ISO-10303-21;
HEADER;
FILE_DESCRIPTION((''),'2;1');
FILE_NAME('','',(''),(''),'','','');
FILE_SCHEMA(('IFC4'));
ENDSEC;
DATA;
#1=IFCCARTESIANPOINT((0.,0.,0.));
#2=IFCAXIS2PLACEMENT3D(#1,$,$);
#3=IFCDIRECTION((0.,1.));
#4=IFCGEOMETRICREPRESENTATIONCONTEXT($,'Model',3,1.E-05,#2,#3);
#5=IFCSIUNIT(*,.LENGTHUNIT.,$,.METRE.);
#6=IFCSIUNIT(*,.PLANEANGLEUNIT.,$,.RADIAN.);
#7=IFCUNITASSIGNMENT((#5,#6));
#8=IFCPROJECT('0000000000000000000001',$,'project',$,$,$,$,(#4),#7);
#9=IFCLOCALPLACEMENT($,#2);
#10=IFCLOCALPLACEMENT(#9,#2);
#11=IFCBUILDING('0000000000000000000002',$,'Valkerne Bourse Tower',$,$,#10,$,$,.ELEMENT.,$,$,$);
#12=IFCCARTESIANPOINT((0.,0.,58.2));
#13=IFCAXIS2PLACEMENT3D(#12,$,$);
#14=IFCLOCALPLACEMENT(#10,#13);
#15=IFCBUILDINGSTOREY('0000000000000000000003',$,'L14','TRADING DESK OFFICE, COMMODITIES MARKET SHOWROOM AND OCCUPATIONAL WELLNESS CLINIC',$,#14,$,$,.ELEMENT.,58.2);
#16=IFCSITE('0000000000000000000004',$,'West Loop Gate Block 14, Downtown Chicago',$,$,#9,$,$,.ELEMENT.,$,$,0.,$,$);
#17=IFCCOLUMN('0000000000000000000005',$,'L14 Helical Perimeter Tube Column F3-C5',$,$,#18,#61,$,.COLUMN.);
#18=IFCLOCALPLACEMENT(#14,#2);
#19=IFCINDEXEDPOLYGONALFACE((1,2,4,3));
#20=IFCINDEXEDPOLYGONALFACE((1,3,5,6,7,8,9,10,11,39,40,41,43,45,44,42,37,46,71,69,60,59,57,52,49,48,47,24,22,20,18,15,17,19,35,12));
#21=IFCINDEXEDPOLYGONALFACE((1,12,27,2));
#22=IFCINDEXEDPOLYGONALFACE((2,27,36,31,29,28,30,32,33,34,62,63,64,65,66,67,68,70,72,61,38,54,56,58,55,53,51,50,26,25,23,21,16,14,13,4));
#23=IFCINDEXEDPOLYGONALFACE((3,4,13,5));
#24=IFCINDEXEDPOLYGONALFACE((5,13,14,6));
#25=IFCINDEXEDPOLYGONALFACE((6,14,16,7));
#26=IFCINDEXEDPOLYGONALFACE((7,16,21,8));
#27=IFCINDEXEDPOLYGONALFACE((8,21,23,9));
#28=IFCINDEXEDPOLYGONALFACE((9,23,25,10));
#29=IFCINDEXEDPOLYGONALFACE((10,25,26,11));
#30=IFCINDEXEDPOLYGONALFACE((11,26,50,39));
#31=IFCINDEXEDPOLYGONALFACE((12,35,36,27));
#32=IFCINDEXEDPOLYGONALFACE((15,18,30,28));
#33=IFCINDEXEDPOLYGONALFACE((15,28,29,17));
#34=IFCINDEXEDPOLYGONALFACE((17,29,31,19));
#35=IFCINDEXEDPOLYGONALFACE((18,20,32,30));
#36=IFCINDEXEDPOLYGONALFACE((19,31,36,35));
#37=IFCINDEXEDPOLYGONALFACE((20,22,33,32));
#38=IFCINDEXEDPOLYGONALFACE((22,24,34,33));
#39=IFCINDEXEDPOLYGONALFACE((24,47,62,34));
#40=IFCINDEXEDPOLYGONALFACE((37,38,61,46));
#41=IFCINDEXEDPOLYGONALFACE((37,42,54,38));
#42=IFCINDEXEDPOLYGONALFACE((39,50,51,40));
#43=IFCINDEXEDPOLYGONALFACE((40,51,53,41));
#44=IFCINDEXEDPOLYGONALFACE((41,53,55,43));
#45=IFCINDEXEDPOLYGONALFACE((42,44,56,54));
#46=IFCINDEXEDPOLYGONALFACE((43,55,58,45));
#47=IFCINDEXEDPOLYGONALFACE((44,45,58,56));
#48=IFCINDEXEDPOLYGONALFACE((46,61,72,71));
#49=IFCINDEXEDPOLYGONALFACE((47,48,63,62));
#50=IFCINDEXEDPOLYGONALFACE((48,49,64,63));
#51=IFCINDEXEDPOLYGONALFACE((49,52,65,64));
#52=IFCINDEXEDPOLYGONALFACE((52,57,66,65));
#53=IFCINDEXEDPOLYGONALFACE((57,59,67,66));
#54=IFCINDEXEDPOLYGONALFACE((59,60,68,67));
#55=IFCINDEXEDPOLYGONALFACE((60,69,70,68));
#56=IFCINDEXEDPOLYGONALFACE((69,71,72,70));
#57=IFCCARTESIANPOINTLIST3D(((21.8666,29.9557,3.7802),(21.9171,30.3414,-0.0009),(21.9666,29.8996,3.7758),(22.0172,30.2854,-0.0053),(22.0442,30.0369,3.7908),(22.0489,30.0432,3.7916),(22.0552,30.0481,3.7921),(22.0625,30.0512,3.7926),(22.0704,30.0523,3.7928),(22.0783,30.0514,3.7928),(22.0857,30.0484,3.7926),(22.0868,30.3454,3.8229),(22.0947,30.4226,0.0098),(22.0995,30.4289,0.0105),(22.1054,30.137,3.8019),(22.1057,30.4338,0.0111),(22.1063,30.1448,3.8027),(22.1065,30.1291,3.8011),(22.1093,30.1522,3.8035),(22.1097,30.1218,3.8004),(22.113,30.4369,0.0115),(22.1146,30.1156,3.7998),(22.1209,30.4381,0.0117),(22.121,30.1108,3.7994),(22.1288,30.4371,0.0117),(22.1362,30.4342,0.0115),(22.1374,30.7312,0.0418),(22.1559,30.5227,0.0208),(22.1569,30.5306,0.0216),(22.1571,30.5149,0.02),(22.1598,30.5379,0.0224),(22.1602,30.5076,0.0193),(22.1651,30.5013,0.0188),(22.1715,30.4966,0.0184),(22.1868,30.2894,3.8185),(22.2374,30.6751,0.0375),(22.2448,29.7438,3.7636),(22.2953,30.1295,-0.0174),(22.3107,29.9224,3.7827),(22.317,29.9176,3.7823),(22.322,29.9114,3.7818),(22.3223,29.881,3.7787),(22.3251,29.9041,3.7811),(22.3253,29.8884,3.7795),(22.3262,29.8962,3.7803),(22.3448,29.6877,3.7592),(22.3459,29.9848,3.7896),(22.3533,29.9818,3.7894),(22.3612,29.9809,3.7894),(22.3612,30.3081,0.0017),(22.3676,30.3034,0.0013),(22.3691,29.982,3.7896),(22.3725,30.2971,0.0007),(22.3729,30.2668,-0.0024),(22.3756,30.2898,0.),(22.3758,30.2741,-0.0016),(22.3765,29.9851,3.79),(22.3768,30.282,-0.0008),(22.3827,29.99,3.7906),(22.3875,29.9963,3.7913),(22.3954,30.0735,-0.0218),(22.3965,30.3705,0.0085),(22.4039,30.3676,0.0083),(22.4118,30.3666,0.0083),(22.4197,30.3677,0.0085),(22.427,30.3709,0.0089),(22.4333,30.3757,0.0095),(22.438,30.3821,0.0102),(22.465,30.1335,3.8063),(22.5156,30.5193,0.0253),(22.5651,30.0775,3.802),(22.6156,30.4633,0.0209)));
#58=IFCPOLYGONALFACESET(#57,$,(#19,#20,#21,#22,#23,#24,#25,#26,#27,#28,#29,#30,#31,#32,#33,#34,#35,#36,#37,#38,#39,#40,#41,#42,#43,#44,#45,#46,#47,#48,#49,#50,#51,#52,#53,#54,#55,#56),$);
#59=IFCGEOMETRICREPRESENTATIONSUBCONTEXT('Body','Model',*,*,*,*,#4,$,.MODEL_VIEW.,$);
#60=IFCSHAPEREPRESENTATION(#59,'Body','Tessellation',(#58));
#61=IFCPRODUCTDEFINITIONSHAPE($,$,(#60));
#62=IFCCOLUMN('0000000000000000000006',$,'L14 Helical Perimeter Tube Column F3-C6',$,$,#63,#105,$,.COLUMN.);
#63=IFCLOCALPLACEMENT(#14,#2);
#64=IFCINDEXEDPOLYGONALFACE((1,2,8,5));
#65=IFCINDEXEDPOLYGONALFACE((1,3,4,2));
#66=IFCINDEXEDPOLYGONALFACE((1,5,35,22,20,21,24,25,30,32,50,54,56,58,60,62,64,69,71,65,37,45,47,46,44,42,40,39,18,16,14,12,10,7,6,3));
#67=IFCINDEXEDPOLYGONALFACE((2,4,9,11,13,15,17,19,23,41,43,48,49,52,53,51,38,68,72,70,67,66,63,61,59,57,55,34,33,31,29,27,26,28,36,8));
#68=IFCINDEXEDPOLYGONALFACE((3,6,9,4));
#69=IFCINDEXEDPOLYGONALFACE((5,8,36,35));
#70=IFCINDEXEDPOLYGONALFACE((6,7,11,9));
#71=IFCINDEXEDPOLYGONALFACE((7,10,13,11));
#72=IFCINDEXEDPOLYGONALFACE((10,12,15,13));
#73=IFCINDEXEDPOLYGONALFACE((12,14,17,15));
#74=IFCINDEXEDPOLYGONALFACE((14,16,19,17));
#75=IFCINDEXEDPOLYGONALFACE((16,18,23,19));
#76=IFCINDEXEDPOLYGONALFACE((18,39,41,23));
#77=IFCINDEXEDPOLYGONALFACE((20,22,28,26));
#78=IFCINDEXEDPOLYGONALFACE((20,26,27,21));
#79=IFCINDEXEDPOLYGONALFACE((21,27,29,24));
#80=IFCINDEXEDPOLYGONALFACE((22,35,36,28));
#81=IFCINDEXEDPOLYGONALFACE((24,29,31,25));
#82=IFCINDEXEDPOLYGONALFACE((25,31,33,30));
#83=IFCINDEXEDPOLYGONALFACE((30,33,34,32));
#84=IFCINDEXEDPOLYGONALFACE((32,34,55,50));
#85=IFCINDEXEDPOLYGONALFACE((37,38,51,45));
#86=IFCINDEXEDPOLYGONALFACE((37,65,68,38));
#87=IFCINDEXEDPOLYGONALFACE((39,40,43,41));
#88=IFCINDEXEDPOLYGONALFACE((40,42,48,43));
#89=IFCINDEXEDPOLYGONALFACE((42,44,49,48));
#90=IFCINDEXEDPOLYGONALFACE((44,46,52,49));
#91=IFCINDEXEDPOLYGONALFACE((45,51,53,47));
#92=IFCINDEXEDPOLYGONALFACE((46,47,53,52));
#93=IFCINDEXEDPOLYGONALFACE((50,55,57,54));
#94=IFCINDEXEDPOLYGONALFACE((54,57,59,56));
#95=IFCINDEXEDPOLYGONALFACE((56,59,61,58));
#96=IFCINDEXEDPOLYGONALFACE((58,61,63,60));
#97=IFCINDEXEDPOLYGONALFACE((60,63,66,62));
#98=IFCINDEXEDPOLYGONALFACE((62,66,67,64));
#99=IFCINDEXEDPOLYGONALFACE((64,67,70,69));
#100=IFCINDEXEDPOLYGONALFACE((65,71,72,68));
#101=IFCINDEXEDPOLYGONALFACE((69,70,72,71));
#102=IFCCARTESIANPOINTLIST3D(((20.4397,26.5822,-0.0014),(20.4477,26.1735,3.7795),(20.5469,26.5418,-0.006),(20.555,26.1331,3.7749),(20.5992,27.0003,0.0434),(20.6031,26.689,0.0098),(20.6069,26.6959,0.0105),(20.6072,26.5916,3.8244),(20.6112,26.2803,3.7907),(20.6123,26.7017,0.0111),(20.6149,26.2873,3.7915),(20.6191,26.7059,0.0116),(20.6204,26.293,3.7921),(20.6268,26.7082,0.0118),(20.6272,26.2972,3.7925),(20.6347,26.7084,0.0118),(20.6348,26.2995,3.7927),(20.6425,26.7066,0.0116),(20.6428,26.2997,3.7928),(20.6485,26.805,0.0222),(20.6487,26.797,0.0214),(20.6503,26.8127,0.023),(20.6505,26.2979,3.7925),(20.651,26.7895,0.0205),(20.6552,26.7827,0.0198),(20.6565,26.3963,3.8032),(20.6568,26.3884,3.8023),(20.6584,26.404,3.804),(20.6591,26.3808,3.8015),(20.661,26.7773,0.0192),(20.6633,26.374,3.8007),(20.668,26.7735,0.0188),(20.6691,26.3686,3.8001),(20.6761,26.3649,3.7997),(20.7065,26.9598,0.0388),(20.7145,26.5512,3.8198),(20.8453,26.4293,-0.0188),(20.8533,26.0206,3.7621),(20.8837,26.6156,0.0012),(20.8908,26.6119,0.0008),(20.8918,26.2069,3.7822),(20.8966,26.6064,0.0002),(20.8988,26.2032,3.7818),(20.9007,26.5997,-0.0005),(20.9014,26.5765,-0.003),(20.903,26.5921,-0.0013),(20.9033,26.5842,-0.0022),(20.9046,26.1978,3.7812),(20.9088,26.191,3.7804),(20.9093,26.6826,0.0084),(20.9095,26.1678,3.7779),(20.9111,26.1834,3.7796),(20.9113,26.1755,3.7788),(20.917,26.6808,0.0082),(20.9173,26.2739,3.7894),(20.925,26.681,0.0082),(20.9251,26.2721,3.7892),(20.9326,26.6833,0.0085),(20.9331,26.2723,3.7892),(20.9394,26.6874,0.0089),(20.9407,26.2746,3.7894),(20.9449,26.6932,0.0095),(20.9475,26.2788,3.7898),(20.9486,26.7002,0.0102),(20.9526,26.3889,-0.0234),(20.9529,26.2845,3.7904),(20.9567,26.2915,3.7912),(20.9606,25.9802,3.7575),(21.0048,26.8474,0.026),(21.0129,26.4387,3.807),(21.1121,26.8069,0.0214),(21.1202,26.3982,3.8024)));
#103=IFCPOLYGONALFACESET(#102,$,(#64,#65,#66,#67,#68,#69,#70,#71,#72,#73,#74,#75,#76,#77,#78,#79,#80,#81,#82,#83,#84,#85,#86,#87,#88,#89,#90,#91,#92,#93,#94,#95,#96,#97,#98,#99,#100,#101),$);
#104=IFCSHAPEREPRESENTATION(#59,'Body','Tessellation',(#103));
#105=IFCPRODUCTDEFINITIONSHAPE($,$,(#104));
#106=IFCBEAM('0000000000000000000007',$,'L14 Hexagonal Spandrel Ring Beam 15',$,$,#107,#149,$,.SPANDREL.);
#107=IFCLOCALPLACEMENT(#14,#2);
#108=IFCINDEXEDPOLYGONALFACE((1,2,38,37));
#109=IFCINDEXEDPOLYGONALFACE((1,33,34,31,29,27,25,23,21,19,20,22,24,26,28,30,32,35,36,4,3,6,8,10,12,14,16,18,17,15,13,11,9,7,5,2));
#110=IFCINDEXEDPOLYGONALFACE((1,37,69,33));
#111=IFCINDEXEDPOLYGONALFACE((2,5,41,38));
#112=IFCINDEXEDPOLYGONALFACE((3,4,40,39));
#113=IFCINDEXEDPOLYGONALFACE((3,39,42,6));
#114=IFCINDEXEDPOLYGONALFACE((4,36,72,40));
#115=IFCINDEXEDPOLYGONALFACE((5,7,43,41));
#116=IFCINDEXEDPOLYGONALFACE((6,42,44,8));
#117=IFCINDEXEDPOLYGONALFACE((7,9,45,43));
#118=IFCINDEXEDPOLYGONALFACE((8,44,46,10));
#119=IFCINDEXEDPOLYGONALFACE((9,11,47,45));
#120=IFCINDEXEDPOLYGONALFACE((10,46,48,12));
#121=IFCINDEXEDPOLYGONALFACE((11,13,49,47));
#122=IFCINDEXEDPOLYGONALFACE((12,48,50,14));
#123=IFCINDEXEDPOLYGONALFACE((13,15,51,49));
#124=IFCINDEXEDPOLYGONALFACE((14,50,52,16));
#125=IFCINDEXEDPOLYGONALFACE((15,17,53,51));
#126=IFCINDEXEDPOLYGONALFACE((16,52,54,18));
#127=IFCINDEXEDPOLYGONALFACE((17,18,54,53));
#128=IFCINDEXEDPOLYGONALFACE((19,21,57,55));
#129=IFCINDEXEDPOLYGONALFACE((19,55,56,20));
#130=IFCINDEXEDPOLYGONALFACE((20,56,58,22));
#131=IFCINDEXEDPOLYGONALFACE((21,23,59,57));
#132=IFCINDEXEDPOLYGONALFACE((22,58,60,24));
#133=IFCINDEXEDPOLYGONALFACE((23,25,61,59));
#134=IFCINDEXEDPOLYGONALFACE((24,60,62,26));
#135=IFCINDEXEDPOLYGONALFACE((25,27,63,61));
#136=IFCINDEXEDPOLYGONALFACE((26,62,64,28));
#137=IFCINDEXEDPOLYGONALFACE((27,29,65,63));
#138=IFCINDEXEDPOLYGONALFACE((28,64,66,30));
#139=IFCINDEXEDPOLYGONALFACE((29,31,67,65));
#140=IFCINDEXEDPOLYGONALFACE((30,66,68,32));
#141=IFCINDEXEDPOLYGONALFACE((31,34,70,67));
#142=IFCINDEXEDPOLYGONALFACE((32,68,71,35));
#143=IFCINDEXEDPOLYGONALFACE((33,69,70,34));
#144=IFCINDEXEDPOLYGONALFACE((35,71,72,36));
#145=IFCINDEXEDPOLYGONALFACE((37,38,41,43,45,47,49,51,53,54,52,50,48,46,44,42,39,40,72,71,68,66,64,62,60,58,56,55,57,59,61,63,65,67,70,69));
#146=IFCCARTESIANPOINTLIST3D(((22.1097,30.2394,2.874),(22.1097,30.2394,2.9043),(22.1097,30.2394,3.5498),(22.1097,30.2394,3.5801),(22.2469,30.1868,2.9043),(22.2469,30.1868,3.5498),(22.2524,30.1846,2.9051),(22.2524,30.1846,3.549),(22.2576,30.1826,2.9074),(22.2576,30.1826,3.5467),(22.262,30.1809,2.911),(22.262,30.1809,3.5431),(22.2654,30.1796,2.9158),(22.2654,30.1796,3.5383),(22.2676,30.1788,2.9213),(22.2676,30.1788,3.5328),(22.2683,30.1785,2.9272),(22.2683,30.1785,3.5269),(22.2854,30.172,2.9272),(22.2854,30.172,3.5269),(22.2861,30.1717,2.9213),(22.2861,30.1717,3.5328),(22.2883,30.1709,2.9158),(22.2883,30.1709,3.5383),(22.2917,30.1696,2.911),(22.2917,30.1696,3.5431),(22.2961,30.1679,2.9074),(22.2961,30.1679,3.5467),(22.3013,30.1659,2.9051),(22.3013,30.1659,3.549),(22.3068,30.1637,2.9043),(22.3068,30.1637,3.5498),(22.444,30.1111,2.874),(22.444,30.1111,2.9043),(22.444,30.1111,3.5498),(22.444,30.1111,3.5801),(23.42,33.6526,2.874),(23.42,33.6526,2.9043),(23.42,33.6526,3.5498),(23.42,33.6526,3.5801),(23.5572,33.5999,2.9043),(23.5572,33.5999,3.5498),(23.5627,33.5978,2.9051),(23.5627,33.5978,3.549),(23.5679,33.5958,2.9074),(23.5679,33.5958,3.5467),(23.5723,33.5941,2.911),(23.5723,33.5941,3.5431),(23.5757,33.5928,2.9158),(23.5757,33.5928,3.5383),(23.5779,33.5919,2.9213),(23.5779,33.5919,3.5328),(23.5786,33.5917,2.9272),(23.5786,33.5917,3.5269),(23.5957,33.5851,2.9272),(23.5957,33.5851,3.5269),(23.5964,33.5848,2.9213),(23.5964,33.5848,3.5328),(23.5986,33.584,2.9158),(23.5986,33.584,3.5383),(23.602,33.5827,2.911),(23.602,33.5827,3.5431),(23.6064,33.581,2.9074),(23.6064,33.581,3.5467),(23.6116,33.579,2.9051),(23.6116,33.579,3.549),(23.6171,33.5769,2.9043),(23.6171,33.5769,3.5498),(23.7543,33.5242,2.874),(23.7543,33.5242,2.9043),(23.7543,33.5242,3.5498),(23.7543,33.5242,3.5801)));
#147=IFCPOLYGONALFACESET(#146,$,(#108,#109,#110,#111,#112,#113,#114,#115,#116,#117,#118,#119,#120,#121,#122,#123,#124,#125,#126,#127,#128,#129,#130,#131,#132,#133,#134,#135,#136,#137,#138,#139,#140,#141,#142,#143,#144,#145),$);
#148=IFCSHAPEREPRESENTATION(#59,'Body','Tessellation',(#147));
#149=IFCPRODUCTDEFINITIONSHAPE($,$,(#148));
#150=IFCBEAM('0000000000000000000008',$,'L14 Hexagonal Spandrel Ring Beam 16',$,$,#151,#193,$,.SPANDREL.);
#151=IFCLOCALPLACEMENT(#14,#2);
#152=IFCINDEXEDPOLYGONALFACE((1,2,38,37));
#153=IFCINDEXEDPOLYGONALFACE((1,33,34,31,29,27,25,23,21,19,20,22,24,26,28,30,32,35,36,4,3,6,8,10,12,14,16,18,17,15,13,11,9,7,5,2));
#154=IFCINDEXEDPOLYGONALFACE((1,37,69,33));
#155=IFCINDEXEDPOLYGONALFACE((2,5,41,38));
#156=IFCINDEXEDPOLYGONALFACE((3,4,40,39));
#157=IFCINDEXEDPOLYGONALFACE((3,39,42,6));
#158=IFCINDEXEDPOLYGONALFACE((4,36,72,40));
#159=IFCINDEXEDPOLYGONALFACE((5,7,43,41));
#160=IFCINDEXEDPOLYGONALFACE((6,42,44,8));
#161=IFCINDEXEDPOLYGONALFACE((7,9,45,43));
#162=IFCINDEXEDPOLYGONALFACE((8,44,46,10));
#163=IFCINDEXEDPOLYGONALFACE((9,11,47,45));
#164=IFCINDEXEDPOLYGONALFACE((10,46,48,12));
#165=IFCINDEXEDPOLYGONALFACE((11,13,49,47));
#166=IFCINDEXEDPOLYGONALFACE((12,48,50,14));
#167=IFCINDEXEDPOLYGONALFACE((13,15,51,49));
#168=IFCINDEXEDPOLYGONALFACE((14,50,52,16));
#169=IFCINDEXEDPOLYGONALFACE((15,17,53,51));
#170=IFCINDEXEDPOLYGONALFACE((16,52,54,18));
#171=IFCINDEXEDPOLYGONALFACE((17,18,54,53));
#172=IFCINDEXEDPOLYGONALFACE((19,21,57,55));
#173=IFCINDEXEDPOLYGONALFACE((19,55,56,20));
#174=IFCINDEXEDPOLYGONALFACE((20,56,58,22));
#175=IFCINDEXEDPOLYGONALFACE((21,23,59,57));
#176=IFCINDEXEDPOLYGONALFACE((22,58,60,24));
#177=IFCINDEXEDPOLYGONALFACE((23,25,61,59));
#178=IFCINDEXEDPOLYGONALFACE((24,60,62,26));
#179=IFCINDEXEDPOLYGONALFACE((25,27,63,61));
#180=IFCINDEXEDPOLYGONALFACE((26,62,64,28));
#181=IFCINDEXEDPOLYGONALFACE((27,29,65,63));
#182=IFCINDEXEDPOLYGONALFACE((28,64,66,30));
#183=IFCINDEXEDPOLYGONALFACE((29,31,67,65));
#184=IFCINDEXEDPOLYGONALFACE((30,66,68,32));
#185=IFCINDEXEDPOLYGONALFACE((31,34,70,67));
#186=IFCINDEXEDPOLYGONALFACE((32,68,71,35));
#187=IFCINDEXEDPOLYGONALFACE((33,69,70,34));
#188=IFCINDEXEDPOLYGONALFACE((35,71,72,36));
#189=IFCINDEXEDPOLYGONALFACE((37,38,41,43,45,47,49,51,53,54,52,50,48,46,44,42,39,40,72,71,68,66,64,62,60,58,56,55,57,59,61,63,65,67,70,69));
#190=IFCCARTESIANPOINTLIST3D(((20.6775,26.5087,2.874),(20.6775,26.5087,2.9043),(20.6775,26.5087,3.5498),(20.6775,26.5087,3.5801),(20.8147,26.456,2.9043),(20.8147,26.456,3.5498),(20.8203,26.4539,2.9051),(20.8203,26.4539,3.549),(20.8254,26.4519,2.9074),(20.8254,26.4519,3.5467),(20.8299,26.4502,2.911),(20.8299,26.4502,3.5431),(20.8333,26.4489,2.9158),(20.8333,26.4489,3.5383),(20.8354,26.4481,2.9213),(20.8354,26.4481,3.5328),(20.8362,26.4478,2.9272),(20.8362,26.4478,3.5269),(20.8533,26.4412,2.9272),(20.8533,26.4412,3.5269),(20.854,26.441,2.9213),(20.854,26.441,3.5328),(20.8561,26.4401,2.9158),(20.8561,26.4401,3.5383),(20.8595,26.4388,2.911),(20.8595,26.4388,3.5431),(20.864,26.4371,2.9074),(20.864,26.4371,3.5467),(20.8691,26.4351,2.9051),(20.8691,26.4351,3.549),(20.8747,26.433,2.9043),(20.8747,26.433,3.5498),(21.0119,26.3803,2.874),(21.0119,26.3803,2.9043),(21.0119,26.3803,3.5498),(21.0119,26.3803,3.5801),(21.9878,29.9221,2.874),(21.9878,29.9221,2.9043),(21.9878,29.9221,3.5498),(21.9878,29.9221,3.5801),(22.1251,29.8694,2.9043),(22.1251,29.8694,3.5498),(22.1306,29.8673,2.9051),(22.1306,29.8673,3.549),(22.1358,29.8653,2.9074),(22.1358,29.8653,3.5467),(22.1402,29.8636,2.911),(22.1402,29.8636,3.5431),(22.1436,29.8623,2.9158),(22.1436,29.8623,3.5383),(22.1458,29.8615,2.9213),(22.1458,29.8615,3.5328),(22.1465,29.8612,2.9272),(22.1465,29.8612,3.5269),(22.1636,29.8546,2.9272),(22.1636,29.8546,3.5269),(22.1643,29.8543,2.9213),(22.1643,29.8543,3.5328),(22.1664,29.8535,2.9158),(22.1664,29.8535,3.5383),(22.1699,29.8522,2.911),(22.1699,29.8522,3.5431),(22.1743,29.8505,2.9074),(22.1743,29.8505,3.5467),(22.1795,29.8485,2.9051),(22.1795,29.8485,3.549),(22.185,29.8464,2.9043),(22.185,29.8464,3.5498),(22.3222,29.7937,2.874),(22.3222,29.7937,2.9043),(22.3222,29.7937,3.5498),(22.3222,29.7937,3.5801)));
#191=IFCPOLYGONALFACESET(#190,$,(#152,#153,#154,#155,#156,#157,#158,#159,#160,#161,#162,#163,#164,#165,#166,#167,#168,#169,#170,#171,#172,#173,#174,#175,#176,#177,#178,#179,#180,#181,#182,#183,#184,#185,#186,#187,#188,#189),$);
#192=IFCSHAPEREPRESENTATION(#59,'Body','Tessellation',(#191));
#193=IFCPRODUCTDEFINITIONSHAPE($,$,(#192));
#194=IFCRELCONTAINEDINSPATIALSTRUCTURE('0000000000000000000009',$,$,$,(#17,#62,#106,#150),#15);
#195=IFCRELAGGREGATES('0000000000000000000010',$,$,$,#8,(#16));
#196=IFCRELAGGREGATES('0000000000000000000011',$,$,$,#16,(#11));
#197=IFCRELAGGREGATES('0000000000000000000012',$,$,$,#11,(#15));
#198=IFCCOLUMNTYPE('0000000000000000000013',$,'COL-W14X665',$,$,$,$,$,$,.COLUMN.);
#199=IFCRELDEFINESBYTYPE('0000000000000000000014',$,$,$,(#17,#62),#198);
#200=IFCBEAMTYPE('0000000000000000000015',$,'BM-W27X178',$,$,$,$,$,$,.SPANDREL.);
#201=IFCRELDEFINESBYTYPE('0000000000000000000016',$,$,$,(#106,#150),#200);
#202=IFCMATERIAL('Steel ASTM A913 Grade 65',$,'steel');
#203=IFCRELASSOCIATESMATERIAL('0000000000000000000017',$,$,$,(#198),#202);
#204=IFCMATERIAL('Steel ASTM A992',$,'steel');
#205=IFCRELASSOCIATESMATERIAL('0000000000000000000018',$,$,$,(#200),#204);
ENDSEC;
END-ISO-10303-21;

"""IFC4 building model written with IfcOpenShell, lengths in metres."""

from ifc_helpers import new_model, si_unit, direction, frame, origin, origin_2d, place, context, subcontext, project, spatial, i_section, extrude, material, material_profile, profile_set, type_object, element, save


model = new_model("IFC4")

# Units and contexts
model_context = context("Model", 3, precision=1e-05, world=origin(), true_north=direction((0.0, 1.0)))
body_context = subcontext(model_context, "Body", "Model", "MODEL_VIEW")
ifc_project = project(units=[si_unit("LENGTHUNIT", "METRE"), si_unit("PLANEANGLEUNIT", "RADIAN")], contexts=[model_context])

# Site, building, storey
site_placement = place(None, origin())
site = spatial("IfcSite", under=ifc_project, at=site_placement, Name="West Loop Gate Block 14, Downtown Chicago", CompositionType="ELEMENT", RefElevation=0.0)
building_placement = place(site_placement, origin())
building = spatial("IfcBuilding", under=site, at=building_placement, Name="Valkerne Bourse Tower", CompositionType="ELEMENT")
storey_placement = place(building_placement, frame((0.0, 0.0, 58.2)))
storey = spatial("IfcBuildingStorey", under=building, at=storey_placement, Name="L14", Description="TRADING DESK OFFICE, COMMODITIES MARKET SHOWROOM AND OCCUPATIONAL WELLNESS CLINIC", CompositionType="ELEMENT", Elevation=58.2)

# Columns
ifc_material_1 = material(Name="Steel ASTM A913 Grade 65", Category="steel")
ifc_material_profile_1 = material_profile(ifc_material_1, i_section(OverallWidth=0.4497, OverallDepth=0.5486, WebThickness=0.072, FlangeThickness=0.1147, FilletRadius=0.0305, at=origin_2d()), Name="W14X665")
ifc_profile_set_1 = profile_set([ifc_material_profile_1], Name="Steel ASTM A913 Grade 65")
column_type = type_object("IfcColumnType", Name="COL-W14X665", PredefinedType="COLUMN", material=ifc_profile_set_1)
column_1_placement = place(storey_placement, frame((22.2664, 30.4023, 0.01), z_axis=(-0.013296, -0.101485, 0.994748), x_axis=(-0.489723, -0.866691, -0.094966)))
element("IfcColumn", 1, at=column_1_placement, inside=storey, type_object=column_type, Name="L14 Helical Perimeter Tube Column F3-C5", PredefinedType="COLUMN", context=body_context, shape_type="SweptSolid", body=[
    extrude(i_section(OverallWidth=0.4497, OverallDepth=0.5486, WebThickness=0.072, FlangeThickness=0.1147, FilletRadius=0.0305, at=origin_2d()), origin(), (0.0, 0.0, 1.0), 3.801),
])
column_2_placement = place(storey_placement, frame((20.7759, 26.6946, 0.01), z_axis=(0.002118, -0.107464, 0.994207), x_axis=(-0.354734, -0.929633, -0.099729)))
element("IfcColumn", 2, at=column_2_placement, inside=storey, type_object=column_type, Name="L14 Helical Perimeter Tube Column F3-C6", PredefinedType="COLUMN", context=body_context, shape_type="SweptSolid", body=[
    extrude(i_section(OverallWidth=0.4497, OverallDepth=0.5486, WebThickness=0.072, FlangeThickness=0.1147, FilletRadius=0.0305, at=origin_2d()), origin(), (0.0, 0.0, 1.0), 3.803),
])

# Beams
ifc_material_2 = material(Name="Steel ASTM A992", Category="steel")
ifc_material_profile_2 = material_profile(ifc_material_2, i_section(OverallWidth=0.3582, OverallDepth=0.7061, WebThickness=0.0183, FlangeThickness=0.0303, FilletRadius=0.0229, at=origin_2d()), Name="W27X178")
ifc_profile_set_2 = profile_set([ifc_material_profile_2], Name="Steel ASTM A992")
beam_type = type_object("IfcBeamType", Name="BM-W27X178", PredefinedType="SPANDREL", material=ifc_profile_set_2)
beam_1_placement = place(storey_placement, frame((23.5872, 33.5884, 3.2271), z_axis=(-0.358402, -0.933567, 0.0), x_axis=(0.933567, -0.358402, 0.0)))
element("IfcBeam", 3, at=beam_1_placement, inside=storey, type_object=beam_type, Name="L14 Hexagonal Spandrel Ring Beam 15", PredefinedType="SPANDREL", context=body_context, shape_type="SweptSolid", body=[
    extrude(i_section(OverallWidth=0.3582, OverallDepth=0.7061, WebThickness=0.0183, FlangeThickness=0.0303, FilletRadius=0.0229, at=origin_2d()), origin(), (0.0, 0.0, 1.0), 3.656),
])
beam_2_placement = place(storey_placement, frame((22.155, 29.8579, 3.2271), z_axis=(-0.358379, -0.933576, 0.0), x_axis=(0.933576, -0.358379, 0.0)))
element("IfcBeam", 4, at=beam_2_placement, inside=storey, type_object=beam_type, Name="L14 Hexagonal Spandrel Ring Beam 16", PredefinedType="SPANDREL", context=body_context, shape_type="SweptSolid", body=[
    extrude(i_section(OverallWidth=0.3582, OverallDepth=0.7061, WebThickness=0.0183, FlangeThickness=0.0303, FilletRadius=0.0229, at=origin_2d()), origin(), (0.0, 0.0, 1.0), 3.6562),
])

save(model, "model.ifc")
